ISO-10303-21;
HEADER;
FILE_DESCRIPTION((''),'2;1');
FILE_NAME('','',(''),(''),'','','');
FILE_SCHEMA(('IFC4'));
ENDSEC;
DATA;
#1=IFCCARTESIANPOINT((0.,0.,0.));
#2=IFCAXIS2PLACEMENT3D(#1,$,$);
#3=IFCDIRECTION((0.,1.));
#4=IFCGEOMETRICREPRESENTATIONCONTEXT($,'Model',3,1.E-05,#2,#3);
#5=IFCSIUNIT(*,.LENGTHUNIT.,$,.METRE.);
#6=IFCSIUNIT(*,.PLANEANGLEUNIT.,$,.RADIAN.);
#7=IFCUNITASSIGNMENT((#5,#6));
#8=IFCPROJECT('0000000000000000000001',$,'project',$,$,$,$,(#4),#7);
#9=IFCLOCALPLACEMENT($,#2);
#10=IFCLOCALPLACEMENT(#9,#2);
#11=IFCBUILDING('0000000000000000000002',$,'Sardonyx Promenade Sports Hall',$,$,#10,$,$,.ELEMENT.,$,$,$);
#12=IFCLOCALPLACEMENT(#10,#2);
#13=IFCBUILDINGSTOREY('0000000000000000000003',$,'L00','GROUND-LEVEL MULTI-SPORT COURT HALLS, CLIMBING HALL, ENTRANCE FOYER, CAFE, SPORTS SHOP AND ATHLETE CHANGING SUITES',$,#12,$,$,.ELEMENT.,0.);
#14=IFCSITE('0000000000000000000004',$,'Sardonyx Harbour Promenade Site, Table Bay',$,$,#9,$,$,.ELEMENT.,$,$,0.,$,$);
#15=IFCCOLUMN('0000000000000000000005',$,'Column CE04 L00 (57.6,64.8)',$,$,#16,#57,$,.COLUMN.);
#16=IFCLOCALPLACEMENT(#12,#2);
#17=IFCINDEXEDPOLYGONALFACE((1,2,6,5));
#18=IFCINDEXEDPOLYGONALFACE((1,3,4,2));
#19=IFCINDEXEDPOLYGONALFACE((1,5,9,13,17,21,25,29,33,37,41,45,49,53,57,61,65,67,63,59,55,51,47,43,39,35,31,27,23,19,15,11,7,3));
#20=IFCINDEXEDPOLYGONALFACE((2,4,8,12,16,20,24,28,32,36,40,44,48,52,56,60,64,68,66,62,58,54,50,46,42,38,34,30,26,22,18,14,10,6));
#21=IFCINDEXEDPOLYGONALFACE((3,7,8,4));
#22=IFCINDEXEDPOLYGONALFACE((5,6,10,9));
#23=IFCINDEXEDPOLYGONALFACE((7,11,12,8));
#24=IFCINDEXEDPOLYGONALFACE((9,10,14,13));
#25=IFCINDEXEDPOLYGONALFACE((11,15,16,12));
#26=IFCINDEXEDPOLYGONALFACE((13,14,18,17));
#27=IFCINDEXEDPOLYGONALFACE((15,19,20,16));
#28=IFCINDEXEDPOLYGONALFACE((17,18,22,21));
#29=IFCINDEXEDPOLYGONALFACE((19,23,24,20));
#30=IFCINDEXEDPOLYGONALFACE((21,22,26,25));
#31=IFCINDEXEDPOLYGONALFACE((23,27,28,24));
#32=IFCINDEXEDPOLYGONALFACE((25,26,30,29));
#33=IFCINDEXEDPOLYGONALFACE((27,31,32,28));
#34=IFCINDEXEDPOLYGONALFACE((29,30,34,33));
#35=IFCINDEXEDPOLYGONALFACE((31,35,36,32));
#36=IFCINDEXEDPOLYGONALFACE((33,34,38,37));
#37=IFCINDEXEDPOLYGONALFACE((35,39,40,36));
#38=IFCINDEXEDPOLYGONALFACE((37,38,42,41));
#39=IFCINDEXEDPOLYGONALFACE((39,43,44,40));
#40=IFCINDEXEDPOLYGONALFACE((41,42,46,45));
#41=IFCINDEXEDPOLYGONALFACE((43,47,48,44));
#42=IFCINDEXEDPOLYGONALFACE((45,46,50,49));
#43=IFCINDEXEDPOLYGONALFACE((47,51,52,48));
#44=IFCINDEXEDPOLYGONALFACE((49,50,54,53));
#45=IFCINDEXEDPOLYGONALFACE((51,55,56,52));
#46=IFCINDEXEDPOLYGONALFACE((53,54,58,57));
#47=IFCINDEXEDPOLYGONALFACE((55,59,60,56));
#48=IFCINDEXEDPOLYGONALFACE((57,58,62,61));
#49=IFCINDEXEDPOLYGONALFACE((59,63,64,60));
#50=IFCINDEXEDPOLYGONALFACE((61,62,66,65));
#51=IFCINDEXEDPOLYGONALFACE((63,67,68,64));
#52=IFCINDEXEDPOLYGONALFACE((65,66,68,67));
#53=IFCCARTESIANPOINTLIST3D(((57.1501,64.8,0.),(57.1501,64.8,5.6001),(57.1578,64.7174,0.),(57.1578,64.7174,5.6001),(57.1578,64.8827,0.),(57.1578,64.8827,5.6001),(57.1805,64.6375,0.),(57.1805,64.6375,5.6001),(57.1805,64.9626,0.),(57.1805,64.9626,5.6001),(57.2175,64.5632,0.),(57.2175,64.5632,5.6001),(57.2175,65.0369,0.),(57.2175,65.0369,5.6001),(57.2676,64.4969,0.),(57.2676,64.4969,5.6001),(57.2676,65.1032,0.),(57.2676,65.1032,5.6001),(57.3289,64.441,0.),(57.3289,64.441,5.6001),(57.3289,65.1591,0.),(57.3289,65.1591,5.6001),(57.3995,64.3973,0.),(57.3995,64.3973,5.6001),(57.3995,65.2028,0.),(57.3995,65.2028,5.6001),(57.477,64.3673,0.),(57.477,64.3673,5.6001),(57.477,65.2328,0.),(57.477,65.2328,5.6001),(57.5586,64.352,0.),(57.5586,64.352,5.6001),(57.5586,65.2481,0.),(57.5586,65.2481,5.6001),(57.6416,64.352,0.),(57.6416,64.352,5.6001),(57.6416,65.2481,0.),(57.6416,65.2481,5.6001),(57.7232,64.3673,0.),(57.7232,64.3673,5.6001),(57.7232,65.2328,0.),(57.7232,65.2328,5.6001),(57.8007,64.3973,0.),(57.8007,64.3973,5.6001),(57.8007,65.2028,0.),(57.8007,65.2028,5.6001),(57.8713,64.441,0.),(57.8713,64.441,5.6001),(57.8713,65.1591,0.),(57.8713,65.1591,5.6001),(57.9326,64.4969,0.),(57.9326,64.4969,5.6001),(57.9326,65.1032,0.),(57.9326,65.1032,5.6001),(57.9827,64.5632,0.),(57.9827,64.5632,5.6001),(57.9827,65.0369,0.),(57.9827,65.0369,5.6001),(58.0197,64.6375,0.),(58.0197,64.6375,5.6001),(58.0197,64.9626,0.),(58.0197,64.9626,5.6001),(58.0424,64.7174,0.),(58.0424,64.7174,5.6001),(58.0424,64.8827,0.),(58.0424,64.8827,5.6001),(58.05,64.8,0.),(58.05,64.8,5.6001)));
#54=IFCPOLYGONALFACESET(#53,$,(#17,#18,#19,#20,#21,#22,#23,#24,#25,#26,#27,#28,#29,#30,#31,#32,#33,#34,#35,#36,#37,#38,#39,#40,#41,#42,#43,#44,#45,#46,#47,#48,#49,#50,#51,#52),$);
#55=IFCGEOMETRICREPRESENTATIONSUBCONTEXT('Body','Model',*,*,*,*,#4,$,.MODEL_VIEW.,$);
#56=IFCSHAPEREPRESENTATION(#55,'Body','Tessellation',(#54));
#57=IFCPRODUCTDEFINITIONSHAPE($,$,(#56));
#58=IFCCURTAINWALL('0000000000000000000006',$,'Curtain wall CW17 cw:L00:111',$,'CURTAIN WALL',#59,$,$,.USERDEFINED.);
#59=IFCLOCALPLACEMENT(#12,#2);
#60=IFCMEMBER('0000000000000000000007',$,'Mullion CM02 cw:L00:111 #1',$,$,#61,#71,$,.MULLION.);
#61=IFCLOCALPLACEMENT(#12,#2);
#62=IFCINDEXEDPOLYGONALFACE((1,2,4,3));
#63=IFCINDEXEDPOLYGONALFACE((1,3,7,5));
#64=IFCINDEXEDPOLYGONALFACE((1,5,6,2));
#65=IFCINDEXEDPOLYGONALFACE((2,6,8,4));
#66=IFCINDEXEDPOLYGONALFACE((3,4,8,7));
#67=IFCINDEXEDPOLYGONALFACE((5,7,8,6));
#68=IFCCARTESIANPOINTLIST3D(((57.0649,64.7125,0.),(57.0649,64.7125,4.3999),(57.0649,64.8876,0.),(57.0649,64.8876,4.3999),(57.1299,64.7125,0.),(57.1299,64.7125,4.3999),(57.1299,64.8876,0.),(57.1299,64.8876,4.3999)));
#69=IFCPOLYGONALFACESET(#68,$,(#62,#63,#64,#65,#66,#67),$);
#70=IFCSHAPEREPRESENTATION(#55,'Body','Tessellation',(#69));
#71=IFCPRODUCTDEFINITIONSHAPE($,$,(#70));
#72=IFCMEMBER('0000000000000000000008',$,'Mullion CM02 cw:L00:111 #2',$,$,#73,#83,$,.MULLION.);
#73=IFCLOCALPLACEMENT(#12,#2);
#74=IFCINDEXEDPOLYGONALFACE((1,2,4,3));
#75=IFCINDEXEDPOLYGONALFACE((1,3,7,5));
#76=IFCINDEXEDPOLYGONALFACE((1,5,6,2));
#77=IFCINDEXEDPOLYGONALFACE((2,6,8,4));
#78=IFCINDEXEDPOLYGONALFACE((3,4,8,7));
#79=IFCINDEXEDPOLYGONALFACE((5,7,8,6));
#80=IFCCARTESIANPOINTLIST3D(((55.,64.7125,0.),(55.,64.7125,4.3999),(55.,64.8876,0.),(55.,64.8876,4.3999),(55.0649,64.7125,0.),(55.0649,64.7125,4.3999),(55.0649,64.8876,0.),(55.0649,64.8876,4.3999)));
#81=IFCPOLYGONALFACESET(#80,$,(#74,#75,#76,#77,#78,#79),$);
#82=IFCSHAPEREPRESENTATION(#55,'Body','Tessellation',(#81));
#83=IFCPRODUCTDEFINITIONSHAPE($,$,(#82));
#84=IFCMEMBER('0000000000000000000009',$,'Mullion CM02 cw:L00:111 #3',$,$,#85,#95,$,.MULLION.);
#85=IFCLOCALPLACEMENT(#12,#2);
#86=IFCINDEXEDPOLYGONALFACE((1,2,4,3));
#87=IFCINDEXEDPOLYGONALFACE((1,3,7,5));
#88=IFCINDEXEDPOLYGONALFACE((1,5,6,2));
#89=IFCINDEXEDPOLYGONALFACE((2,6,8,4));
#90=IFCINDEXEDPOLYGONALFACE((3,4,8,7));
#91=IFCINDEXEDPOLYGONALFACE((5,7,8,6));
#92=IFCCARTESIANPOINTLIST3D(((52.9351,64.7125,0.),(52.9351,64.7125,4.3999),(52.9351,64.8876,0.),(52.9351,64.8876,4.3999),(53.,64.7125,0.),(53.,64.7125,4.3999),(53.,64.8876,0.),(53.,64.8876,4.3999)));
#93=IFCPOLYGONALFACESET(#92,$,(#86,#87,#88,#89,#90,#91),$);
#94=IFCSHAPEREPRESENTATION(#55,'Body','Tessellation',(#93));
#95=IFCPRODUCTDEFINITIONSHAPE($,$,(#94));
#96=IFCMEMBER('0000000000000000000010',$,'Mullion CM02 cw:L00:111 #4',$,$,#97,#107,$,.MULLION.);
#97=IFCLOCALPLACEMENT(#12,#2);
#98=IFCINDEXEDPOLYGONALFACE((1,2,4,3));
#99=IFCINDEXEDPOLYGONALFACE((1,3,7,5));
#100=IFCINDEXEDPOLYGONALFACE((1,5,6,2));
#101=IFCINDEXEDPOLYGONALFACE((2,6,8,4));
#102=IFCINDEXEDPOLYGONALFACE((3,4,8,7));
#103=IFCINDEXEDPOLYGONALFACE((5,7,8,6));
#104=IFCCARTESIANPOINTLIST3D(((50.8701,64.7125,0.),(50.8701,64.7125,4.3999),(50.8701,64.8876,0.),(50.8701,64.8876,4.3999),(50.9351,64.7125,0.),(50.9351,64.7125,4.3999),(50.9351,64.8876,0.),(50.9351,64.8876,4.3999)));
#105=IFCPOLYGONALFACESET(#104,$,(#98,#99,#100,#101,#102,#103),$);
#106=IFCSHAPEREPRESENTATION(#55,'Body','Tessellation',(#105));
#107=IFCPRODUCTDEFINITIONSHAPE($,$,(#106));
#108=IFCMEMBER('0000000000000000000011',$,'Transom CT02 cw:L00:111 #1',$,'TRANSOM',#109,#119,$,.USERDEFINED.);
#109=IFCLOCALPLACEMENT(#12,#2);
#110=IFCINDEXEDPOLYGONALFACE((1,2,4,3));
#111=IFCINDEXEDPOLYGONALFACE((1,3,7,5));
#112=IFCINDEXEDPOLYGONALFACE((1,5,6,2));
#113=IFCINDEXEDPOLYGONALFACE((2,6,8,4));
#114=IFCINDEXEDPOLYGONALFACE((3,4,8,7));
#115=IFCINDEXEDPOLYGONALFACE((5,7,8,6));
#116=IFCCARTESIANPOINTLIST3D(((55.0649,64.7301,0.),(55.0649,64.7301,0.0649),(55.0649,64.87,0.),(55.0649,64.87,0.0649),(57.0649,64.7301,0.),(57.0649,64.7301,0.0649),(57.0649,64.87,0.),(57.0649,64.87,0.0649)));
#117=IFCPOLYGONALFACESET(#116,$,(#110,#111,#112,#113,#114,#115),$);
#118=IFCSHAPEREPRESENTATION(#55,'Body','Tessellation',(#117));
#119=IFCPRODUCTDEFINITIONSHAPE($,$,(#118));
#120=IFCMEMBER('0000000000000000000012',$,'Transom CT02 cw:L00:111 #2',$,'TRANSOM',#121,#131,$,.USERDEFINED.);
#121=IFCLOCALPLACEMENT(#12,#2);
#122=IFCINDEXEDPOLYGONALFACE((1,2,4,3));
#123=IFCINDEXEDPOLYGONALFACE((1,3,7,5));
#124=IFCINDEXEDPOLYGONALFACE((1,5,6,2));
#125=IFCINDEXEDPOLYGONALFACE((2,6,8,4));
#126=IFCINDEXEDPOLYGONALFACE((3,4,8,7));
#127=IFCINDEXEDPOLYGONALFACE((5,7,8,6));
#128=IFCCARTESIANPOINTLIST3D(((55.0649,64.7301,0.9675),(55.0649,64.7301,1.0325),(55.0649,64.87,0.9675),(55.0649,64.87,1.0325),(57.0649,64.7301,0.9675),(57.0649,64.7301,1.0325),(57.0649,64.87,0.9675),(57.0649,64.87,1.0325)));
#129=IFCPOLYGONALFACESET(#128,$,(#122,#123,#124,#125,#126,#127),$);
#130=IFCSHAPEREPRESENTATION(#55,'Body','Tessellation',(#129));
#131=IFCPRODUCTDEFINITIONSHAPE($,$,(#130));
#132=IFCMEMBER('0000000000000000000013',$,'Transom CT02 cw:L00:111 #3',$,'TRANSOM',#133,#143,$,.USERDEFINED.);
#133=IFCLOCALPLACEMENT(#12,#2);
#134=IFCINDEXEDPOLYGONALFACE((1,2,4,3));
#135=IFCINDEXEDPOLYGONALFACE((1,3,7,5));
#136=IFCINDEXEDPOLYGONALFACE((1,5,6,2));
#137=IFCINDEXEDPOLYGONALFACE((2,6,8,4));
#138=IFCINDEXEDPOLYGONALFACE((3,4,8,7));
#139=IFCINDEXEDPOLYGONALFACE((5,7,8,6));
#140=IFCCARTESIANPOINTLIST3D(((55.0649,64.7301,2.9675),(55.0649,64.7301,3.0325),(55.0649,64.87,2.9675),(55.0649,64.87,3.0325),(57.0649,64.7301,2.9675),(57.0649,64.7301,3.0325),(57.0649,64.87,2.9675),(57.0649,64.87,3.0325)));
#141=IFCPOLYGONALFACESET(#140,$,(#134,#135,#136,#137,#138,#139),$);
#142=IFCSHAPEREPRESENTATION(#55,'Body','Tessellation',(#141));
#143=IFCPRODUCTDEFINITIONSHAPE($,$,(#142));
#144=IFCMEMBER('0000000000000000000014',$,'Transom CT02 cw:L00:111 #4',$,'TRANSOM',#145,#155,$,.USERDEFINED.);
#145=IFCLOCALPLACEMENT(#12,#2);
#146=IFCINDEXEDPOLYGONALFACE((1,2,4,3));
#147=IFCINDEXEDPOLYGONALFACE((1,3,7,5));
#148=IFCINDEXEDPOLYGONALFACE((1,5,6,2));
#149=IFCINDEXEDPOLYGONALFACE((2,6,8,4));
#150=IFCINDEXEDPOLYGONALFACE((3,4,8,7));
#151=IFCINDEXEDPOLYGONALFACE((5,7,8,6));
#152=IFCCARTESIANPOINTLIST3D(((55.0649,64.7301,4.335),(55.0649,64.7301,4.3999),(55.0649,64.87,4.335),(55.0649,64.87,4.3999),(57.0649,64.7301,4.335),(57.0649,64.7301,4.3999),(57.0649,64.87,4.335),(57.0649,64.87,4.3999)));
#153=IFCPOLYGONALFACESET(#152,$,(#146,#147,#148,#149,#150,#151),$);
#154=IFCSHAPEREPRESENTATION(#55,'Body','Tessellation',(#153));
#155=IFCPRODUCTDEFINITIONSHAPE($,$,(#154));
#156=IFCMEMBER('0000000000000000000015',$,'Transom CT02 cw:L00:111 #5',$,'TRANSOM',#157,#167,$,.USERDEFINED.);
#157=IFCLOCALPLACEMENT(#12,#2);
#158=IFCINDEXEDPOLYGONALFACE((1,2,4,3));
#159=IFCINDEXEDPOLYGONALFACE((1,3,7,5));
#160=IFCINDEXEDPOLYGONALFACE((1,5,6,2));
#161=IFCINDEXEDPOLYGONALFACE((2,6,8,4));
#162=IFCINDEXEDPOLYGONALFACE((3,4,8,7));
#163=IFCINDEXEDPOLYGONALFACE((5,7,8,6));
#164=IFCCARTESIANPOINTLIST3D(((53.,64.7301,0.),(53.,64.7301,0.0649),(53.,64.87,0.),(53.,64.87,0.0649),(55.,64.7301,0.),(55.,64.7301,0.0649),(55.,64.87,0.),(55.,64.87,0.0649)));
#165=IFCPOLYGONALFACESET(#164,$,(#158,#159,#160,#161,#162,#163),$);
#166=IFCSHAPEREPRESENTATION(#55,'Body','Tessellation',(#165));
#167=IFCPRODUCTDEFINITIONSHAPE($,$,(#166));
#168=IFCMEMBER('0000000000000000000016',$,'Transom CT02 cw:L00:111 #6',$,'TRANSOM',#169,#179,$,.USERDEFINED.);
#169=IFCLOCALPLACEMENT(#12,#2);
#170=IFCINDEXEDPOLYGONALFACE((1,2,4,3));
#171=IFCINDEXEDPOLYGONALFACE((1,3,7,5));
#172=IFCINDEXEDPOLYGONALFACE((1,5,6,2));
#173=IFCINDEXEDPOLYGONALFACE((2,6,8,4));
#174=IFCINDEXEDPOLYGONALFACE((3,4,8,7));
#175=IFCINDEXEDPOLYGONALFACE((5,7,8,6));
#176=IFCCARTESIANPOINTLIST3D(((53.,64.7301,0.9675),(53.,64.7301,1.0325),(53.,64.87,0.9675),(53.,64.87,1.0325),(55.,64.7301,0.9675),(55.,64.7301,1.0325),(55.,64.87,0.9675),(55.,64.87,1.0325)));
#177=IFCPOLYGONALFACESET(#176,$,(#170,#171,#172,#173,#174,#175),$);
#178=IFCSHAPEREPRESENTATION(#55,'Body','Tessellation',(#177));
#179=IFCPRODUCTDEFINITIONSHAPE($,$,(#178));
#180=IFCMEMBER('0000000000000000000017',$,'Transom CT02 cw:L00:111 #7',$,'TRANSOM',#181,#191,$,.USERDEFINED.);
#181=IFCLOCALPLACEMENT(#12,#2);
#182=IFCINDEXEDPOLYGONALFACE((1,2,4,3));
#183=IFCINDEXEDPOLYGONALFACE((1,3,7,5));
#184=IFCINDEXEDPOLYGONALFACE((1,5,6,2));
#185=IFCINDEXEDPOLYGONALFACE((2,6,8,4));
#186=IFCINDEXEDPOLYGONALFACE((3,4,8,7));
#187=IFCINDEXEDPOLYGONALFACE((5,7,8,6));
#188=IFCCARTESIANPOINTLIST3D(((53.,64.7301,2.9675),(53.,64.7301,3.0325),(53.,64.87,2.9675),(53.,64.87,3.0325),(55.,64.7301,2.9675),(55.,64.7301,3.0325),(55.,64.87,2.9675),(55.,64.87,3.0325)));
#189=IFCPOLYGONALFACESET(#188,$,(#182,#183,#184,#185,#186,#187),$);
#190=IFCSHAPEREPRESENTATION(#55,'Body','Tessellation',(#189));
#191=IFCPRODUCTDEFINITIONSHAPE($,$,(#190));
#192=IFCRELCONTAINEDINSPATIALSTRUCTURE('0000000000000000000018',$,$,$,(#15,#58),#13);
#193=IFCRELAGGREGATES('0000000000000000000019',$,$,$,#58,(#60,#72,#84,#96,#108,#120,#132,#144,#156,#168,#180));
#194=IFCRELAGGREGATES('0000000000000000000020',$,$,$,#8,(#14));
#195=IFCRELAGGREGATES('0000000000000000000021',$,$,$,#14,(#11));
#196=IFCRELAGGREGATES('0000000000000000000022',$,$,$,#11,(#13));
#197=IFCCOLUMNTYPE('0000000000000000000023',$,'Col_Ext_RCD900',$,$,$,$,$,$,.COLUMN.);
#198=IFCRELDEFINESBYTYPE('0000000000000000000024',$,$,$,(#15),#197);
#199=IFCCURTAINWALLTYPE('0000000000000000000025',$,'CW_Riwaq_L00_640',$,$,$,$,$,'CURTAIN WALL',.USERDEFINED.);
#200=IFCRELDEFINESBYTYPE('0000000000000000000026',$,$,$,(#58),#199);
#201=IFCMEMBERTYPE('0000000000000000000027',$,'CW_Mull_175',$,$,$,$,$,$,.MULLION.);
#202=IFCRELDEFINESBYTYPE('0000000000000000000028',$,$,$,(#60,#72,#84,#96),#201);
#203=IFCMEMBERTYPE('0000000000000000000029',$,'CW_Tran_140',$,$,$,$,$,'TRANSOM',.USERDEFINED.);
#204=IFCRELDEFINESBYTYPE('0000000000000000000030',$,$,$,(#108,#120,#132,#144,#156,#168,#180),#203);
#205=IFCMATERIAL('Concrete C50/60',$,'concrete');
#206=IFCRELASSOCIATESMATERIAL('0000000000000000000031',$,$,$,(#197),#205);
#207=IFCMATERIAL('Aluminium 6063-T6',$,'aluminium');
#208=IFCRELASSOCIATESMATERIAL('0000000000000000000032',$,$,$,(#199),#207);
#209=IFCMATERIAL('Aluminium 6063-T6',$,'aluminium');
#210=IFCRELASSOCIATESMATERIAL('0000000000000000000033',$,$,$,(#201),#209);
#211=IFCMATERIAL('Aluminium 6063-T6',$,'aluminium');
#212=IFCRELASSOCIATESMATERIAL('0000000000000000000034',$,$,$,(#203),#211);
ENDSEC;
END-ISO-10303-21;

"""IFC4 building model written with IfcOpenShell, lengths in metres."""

from ifc_helpers import new_model, si_unit, direction, frame, origin, origin_2d, place, context, subcontext, project, spatial, rectangle, circle, extrude, material, material_profile, profile_set, type_object, element, aggregate, save


model = new_model("IFC4")

# Units and contexts
model_context = context("Model", 3, precision=1e-05, world=origin(), true_north=direction((0.0, 1.0)))
body_context = subcontext(model_context, "Body", "Model", "MODEL_VIEW")
ifc_project = project(units=[si_unit("LENGTHUNIT", "METRE"), si_unit("PLANEANGLEUNIT", "RADIAN")], contexts=[model_context])

# Site, building, storey
site_placement = place(None, origin())
site = spatial("IfcSite", under=ifc_project, at=site_placement, Name="Sardonyx Harbour Promenade Site, Table Bay", CompositionType="ELEMENT", RefElevation=0.0)
building_placement = place(site_placement, origin())
building = spatial("IfcBuilding", under=site, at=building_placement, Name="Sardonyx Promenade Sports Hall", CompositionType="ELEMENT")
storey_placement = place(building_placement, origin())
storey = spatial("IfcBuildingStorey", under=building, at=storey_placement, Name="L00", Description="GROUND-LEVEL MULTI-SPORT COURT HALLS, CLIMBING HALL, ENTRANCE FOYER, CAFE, SPORTS SHOP AND ATHLETE CHANGING SUITES", CompositionType="ELEMENT", Elevation=0.0)

# Column
ifc_material_1 = material(Name="Concrete C50/60", Category="concrete")
ifc_material_profile_1 = material_profile(ifc_material_1, circle(Radius=0.45, at=origin_2d()))
ifc_profile_set_1 = profile_set([ifc_material_profile_1], Name="Concrete C50/60")
column_type = type_object("IfcColumnType", Name="Col_Ext_RCD900", PredefinedType="COLUMN", material=ifc_profile_set_1)
column_placement = place(storey_placement, frame((57.6001, 64.8, 0.0), z_axis=(0.0, 0.0, 1.0), x_axis=(1.0, 0.0, 0.0)))
element("IfcColumn", 1, at=column_placement, inside=storey, type_object=column_type, Name="Column CE04 L00 (57.6,64.8)", PredefinedType="COLUMN", context=body_context, shape_type="SweptSolid", body=[
    extrude(circle(Radius=0.45, at=origin_2d()), origin(), (0.0, 0.0, 1.0), 5.6001),
])

# Curtain wall, members
ifc_material_2 = material(Name="Aluminium 6063-T6", Category="aluminium")
curtain_wall_type = type_object("IfcCurtainWallType", Name="CW_Riwaq_L00_640", ElementType="CURTAIN WALL", PredefinedType="USERDEFINED", material=ifc_material_2)
curtain_wall_placement = place(storey_placement, origin())
curtain_wall = element("IfcCurtainWall", 2, at=curtain_wall_placement, inside=storey, type_object=curtain_wall_type, Name="Curtain wall CW17 cw:L00:111", ObjectType="CURTAIN WALL", PredefinedType="USERDEFINED")
ifc_material_3 = material(Name="Aluminium 6063-T6", Category="aluminium")
ifc_material_profile_2 = material_profile(ifc_material_3, rectangle(XDim=0.0649, YDim=0.175, at=origin_2d()))
ifc_profile_set_2 = profile_set([ifc_material_profile_2], Name="Aluminium 6063-T6")
member_type_1 = type_object("IfcMemberType", Name="CW_Mull_175", PredefinedType="MULLION", material=ifc_profile_set_2)
member_1_placement = place(storey_placement, frame((57.0974, 64.8, 0.0), z_axis=(0.0, 0.0, 1.0), x_axis=(-1.0, 0.0, 0.0)))
member_1 = element("IfcMember", 3, at=member_1_placement, type_object=member_type_1, Name="Mullion CM02 cw:L00:111 #1", PredefinedType="MULLION", context=body_context, shape_type="SweptSolid", body=[
    extrude(rectangle(XDim=0.0649, YDim=0.175, at=origin_2d()), origin(), (0.0, 0.0, 1.0), 4.3999),
])
member_2_placement = place(storey_placement, frame((55.0325, 64.8, 0.0), z_axis=(0.0, 0.0, 1.0), x_axis=(-1.0, 0.0, 0.0)))
member_2 = element("IfcMember", 4, at=member_2_placement, type_object=member_type_1, Name="Mullion CM02 cw:L00:111 #2", PredefinedType="MULLION", context=body_context, shape_type="SweptSolid", body=[
    extrude(rectangle(XDim=0.0649, YDim=0.175, at=origin_2d()), origin(), (0.0, 0.0, 1.0), 4.3999),
])
member_3_placement = place(storey_placement, frame((52.9675, 64.8, 0.0), z_axis=(0.0, 0.0, 1.0), x_axis=(-1.0, 0.0, 0.0)))
member_3 = element("IfcMember", 5, at=member_3_placement, type_object=member_type_1, Name="Mullion CM02 cw:L00:111 #3", PredefinedType="MULLION", context=body_context, shape_type="SweptSolid", body=[
    extrude(rectangle(XDim=0.0649, YDim=0.175, at=origin_2d()), origin(), (0.0, 0.0, 1.0), 4.3999),
])
member_4_placement = place(storey_placement, frame((50.9026, 64.8, 0.0), z_axis=(0.0, 0.0, 1.0), x_axis=(-1.0, 0.0, 0.0)))
member_4 = element("IfcMember", 6, at=member_4_placement, type_object=member_type_1, Name="Mullion CM02 cw:L00:111 #4", PredefinedType="MULLION", context=body_context, shape_type="SweptSolid", body=[
    extrude(rectangle(XDim=0.0649, YDim=0.175, at=origin_2d()), origin(), (0.0, 0.0, 1.0), 4.3999),
])
ifc_material_4 = material(Name="Aluminium 6063-T6", Category="aluminium")
ifc_material_profile_3 = material_profile(ifc_material_4, rectangle(XDim=0.0649, YDim=0.1399, at=origin_2d()))
ifc_profile_set_3 = profile_set([ifc_material_profile_3], Name="Aluminium 6063-T6")
member_type_2 = type_object("IfcMemberType", Name="CW_Tran_140", ElementType="TRANSOM", PredefinedType="USERDEFINED", material=ifc_profile_set_3)
member_5_placement = place(storey_placement, frame((57.0649, 64.8, 0.0325), z_axis=(-1.0, 0.0, 0.0), x_axis=(0.0, 0.0, 1.0)))
member_5 = element("IfcMember", 7, at=member_5_placement, type_object=member_type_2, Name="Transom CT02 cw:L00:111 #1", ObjectType="TRANSOM", PredefinedType="USERDEFINED", context=body_context, shape_type="SweptSolid", body=[
    extrude(rectangle(XDim=0.0649, YDim=0.1399, at=origin_2d()), origin(), (0.0, 0.0, 1.0), 2.0),
])
member_6_placement = place(storey_placement, frame((57.0649, 64.8, 1.0), z_axis=(-1.0, 0.0, 0.0), x_axis=(0.0, 0.0, 1.0)))
member_6 = element("IfcMember", 8, at=member_6_placement, type_object=member_type_2, Name="Transom CT02 cw:L00:111 #2", ObjectType="TRANSOM", PredefinedType="USERDEFINED", context=body_context, shape_type="SweptSolid", body=[
    extrude(rectangle(XDim=0.0649, YDim=0.1399, at=origin_2d()), origin(), (0.0, 0.0, 1.0), 2.0),
])
member_7_placement = place(storey_placement, frame((57.0649, 64.8, 3.0), z_axis=(-1.0, 0.0, 0.0), x_axis=(0.0, 0.0, 1.0)))
member_7 = element("IfcMember", 9, at=member_7_placement, type_object=member_type_2, Name="Transom CT02 cw:L00:111 #3", ObjectType="TRANSOM", PredefinedType="USERDEFINED", context=body_context, shape_type="SweptSolid", body=[
    extrude(rectangle(XDim=0.0649, YDim=0.1399, at=origin_2d()), origin(), (0.0, 0.0, 1.0), 2.0),
])
member_8_placement = place(storey_placement, frame((57.0649, 64.8, 4.3674), z_axis=(-1.0, 0.0, 0.0), x_axis=(0.0, 0.0, 1.0)))
member_8 = element("IfcMember", 10, at=member_8_placement, type_object=member_type_2, Name="Transom CT02 cw:L00:111 #4", ObjectType="TRANSOM", PredefinedType="USERDEFINED", context=body_context, shape_type="SweptSolid", body=[
    extrude(rectangle(XDim=0.0649, YDim=0.1399, at=origin_2d()), origin(), (0.0, 0.0, 1.0), 2.0),
])
member_9_placement = place(storey_placement, frame((55.0, 64.8, 0.0325), z_axis=(-1.0, 0.0, 0.0), x_axis=(0.0, 0.0, 1.0)))
member_9 = element("IfcMember", 11, at=member_9_placement, type_object=member_type_2, Name="Transom CT02 cw:L00:111 #5", ObjectType="TRANSOM", PredefinedType="USERDEFINED", context=body_context, shape_type="SweptSolid", body=[
    extrude(rectangle(XDim=0.0649, YDim=0.1399, at=origin_2d()), origin(), (0.0, 0.0, 1.0), 2.0),
])
member_10_placement = place(storey_placement, frame((55.0, 64.8, 1.0), z_axis=(-1.0, 0.0, 0.0), x_axis=(0.0, 0.0, 1.0)))
member_10 = element("IfcMember", 12, at=member_10_placement, type_object=member_type_2, Name="Transom CT02 cw:L00:111 #6", ObjectType="TRANSOM", PredefinedType="USERDEFINED", context=body_context, shape_type="SweptSolid", body=[
    extrude(rectangle(XDim=0.0649, YDim=0.1399, at=origin_2d()), origin(), (0.0, 0.0, 1.0), 2.0),
])
member_11_placement = place(storey_placement, frame((55.0, 64.8, 3.0), z_axis=(-1.0, 0.0, 0.0), x_axis=(0.0, 0.0, 1.0)))
member_11 = element("IfcMember", 13, at=member_11_placement, type_object=member_type_2, Name="Transom CT02 cw:L00:111 #7", ObjectType="TRANSOM", PredefinedType="USERDEFINED", context=body_context, shape_type="SweptSolid", body=[
    extrude(rectangle(XDim=0.0649, YDim=0.1399, at=origin_2d()), origin(), (0.0, 0.0, 1.0), 2.0),
])
aggregate(curtain_wall, [member_1, member_2, member_3, member_4, member_5, member_6, member_7, member_8, member_9, member_10, member_11])

save(model, "model.ifc")
